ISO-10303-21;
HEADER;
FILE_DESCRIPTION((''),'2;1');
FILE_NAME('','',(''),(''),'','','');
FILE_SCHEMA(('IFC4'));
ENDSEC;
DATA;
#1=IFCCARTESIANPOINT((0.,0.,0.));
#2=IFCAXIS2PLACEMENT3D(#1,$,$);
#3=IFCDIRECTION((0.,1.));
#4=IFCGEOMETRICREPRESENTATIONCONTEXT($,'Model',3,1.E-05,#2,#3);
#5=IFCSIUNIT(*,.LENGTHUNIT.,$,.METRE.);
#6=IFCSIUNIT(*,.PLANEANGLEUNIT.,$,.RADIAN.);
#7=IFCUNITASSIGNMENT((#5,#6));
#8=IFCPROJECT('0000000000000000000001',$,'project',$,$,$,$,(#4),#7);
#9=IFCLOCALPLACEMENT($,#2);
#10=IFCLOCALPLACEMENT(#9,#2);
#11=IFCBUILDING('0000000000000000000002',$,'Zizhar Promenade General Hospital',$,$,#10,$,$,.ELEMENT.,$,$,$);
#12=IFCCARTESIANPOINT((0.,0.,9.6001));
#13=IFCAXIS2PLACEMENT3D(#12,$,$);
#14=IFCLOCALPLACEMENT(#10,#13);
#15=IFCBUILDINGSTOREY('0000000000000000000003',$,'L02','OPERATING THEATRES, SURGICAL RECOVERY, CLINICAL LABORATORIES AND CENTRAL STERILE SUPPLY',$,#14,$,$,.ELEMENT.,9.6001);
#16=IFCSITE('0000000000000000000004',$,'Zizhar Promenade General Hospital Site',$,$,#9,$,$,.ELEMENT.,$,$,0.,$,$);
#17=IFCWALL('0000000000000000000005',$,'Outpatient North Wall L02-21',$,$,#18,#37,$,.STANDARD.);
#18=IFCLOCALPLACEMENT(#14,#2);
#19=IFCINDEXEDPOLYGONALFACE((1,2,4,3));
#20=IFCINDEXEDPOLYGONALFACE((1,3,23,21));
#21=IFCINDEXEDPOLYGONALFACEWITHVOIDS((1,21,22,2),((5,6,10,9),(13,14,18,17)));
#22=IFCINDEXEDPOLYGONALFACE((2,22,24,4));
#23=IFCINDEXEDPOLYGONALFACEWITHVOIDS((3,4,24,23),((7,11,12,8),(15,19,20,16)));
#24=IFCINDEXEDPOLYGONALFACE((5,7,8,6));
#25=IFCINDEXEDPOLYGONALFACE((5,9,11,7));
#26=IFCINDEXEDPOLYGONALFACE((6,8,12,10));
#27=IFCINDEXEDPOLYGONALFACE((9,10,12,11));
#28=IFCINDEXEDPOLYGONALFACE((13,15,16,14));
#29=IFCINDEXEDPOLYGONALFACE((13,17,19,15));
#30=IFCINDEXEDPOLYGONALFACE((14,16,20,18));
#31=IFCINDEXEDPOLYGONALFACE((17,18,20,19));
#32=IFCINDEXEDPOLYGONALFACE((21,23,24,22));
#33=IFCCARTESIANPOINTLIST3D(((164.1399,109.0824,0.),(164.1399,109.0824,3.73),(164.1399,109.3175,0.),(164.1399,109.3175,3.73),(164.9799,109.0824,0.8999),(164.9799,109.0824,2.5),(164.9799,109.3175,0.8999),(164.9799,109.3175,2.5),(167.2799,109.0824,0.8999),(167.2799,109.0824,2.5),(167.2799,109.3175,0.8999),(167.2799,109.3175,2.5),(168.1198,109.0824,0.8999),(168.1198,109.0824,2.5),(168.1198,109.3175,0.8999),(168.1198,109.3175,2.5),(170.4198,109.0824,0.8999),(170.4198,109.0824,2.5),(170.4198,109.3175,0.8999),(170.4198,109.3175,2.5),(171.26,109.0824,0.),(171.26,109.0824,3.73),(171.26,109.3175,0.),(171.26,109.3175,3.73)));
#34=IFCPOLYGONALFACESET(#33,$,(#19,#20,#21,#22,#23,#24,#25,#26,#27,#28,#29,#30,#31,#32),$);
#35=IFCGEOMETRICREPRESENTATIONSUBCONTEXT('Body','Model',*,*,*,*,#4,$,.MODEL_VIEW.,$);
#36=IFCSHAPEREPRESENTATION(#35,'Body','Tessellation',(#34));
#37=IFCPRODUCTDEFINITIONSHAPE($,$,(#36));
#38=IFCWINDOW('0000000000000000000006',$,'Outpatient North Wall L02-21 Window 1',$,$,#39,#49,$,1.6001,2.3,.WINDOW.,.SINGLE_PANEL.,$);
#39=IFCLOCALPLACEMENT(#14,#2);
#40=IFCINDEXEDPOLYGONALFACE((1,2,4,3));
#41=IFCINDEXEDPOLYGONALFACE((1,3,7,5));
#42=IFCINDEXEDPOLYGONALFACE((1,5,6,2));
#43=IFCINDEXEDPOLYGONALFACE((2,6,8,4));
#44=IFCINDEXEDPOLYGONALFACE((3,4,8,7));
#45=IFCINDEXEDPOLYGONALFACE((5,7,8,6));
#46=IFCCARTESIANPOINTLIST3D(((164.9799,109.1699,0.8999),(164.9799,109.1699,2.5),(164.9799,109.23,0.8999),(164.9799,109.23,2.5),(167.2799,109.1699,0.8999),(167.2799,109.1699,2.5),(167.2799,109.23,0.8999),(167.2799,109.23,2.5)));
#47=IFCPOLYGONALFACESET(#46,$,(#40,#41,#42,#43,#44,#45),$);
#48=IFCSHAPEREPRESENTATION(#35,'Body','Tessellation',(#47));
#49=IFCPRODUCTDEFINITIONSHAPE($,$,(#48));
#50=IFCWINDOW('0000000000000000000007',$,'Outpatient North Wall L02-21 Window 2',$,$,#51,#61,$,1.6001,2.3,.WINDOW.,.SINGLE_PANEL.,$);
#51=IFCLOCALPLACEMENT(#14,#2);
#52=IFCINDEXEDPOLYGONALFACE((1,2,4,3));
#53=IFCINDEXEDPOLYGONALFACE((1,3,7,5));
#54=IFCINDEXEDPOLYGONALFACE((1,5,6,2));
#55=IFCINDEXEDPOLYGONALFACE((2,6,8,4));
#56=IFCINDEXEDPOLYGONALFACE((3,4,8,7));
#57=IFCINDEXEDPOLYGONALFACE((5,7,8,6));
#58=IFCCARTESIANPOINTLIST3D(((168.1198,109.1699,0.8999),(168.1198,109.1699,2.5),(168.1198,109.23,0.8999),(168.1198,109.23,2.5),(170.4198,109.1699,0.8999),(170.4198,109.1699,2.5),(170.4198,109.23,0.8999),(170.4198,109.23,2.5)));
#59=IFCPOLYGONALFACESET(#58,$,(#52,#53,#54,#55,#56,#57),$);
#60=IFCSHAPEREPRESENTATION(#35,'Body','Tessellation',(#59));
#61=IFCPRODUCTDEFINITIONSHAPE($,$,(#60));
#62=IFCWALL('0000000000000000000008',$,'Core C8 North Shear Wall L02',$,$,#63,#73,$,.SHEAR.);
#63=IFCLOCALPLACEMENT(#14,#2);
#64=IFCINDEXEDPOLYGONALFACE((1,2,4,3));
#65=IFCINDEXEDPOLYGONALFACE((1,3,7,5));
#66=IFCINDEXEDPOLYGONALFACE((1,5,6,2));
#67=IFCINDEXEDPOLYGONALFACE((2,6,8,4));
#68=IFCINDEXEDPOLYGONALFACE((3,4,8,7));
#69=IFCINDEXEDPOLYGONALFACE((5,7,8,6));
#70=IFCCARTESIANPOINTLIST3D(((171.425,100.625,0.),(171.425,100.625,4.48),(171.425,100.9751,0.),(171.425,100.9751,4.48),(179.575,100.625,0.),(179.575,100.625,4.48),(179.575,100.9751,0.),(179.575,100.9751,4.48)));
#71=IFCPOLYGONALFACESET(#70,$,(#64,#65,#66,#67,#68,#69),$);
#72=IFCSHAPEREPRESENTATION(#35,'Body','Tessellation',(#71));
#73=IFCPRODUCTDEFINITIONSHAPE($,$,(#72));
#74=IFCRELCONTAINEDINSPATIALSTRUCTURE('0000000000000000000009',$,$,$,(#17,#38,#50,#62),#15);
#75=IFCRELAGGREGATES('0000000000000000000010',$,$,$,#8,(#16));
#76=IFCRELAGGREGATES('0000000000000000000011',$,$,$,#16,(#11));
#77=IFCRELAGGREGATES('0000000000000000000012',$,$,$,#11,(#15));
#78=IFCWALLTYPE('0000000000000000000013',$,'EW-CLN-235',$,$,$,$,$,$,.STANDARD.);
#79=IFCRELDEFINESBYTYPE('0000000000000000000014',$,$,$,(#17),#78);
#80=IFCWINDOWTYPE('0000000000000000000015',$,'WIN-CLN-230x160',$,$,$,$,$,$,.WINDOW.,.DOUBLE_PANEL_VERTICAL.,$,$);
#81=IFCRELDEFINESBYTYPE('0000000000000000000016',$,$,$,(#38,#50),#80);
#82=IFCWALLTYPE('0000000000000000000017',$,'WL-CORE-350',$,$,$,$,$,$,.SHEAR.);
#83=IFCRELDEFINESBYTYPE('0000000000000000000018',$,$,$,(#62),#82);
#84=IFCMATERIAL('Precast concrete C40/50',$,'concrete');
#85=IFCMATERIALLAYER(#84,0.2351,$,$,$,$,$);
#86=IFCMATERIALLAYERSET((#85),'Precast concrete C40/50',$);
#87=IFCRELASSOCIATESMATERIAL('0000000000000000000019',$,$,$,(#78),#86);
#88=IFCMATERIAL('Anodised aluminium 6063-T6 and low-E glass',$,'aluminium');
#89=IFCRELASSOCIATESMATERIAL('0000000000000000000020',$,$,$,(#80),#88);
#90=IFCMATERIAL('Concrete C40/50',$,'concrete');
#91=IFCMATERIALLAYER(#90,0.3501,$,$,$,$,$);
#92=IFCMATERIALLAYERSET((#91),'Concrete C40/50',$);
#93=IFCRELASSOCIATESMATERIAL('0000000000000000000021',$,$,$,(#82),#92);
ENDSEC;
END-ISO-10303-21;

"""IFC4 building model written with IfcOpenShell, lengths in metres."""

from ifc_helpers import new_model, si_unit, direction, frame, frame_2d, origin, place, context, subcontext, project, spatial, rectangle, extrude, material, layer, layer_set, type_object, element, fill, save


model = new_model("IFC4")

# Units and contexts
model_context = context("Model", 3, precision=1e-05, world=origin(), true_north=direction((0.0, 1.0)))
body_context = subcontext(model_context, "Body", "Model", "MODEL_VIEW")
ifc_project = project(units=[si_unit("LENGTHUNIT", "METRE"), si_unit("PLANEANGLEUNIT", "RADIAN")], contexts=[model_context])

# Site, building, storey
site_placement = place(None, origin())
site = spatial("IfcSite", under=ifc_project, at=site_placement, Name="Zizhar Promenade General Hospital Site", CompositionType="ELEMENT", RefElevation=0.0)
building_placement = place(site_placement, origin())
building = spatial("IfcBuilding", under=site, at=building_placement, Name="Zizhar Promenade General Hospital", CompositionType="ELEMENT")
storey_placement = place(building_placement, frame((0.0, 0.0, 9.6001)))
storey = spatial("IfcBuildingStorey", under=building, at=storey_placement, Name="L02", Description="OPERATING THEATRES, SURGICAL RECOVERY, CLINICAL LABORATORIES AND CENTRAL STERILE SUPPLY", CompositionType="ELEMENT", Elevation=9.6001)

# Wall, openings, windows
ifc_material_1 = material(Name="Precast concrete C40/50", Category="concrete")
ifc_layer_1 = layer(ifc_material_1, 0.2351)
ifc_layer_set_1 = layer_set([ifc_layer_1], Name="Precast concrete C40/50")
wall_type_1 = type_object("IfcWallType", Name="EW-CLN-235", PredefinedType="STANDARD", material=ifc_layer_set_1)
wall_1_placement = place(storey_placement, frame((164.1399, 109.2, 0.0), z_axis=(0.0, 0.0, 1.0), x_axis=(1.0, 0.0, 0.0)))
wall_1 = element("IfcWall", 1, at=wall_1_placement, inside=storey, type_object=wall_type_1, Name="Outpatient North Wall L02-21", PredefinedType="STANDARD", context=body_context, shape_type="SweptSolid", body=[
    extrude(rectangle(XDim=7.1201, YDim=0.2351, at=frame_2d((3.5601, 0.0))), origin(), (0.0, 0.0, 1.0), 3.73),
])
opening_1_placement = place(wall_1_placement, frame((0.8401, 0.0, 0.8999)))
opening_1 = element("IfcOpeningElement", 2, at=opening_1_placement, cuts=wall_1, PredefinedType="OPENING", context=body_context, shape_type="SweptSolid", body=[
    extrude(rectangle(XDim=2.3, YDim=1.6001, at=frame_2d((1.1499, 0.8))), frame((0.0, 0.1274, 0.0), z_axis=(0.0, -1.0, 0.0), x_axis=(1.0, 0.0, 0.0)), (0.0, 0.0, 1.0), 0.2551),
])
opening_2_placement = place(wall_1_placement, frame((3.98, 0.0, 0.8999)))
opening_2 = element("IfcOpeningElement", 3, at=opening_2_placement, cuts=wall_1, PredefinedType="OPENING", context=body_context, shape_type="SweptSolid", body=[
    extrude(rectangle(XDim=2.3, YDim=1.6001, at=frame_2d((1.1499, 0.8))), frame((0.0, 0.1274, 0.0), z_axis=(0.0, -1.0, 0.0), x_axis=(1.0, 0.0, 0.0)), (0.0, 0.0, 1.0), 0.2551),
])
ifc_material_2 = material(Name="Anodised aluminium 6063-T6 and low-E glass", Category="aluminium")
window_type = type_object("IfcWindowType", Name="WIN-CLN-230x160", PartitioningType="DOUBLE_PANEL_VERTICAL", PredefinedType="WINDOW", material=ifc_material_2)
window_1_placement = place(opening_1_placement, origin())
window_1 = element("IfcWindow", 4, at=window_1_placement, inside=storey, type_object=window_type, Name="Outpatient North Wall L02-21 Window 1", OverallHeight=1.6001, OverallWidth=2.3, PartitioningType="SINGLE_PANEL", PredefinedType="WINDOW", context=body_context, shape_type="SweptSolid", body=[
    extrude(rectangle(XDim=2.3, YDim=1.6001, at=frame_2d((1.1499, 0.8))), frame((0.0, 0.03, 0.0), z_axis=(0.0, -1.0, 0.0), x_axis=(1.0, 0.0, 0.0)), (0.0, 0.0, 1.0), 0.0601),
])
fill(opening_1, window_1)
window_2_placement = place(opening_2_placement, origin())
window_2 = element("IfcWindow", 5, at=window_2_placement, inside=storey, type_object=window_type, Name="Outpatient North Wall L02-21 Window 2", OverallHeight=1.6001, OverallWidth=2.3, PartitioningType="SINGLE_PANEL", PredefinedType="WINDOW", context=body_context, shape_type="SweptSolid", body=[
    extrude(rectangle(XDim=2.3, YDim=1.6001, at=frame_2d((1.1499, 0.8))), frame((0.0, 0.03, 0.0), z_axis=(0.0, -1.0, 0.0), x_axis=(1.0, 0.0, 0.0)), (0.0, 0.0, 1.0), 0.0601),
])
fill(opening_2, window_2)

# Wall
ifc_material_3 = material(Name="Concrete C40/50", Category="concrete")
ifc_layer_2 = layer(ifc_material_3, 0.3501)
ifc_layer_set_2 = layer_set([ifc_layer_2], Name="Concrete C40/50")
wall_type_2 = type_object("IfcWallType", Name="WL-CORE-350", PredefinedType="SHEAR", material=ifc_layer_set_2)
wall_2_placement = place(storey_placement, frame((171.425, 100.8, 0.0), z_axis=(0.0, 0.0, 1.0), x_axis=(1.0, 0.0, 0.0)))
element("IfcWall", 6, at=wall_2_placement, inside=storey, type_object=wall_type_2, Name="Core C8 North Shear Wall L02", PredefinedType="SHEAR", context=body_context, shape_type="SweptSolid", body=[
    extrude(rectangle(XDim=8.1499, YDim=0.3501, at=frame_2d((4.075, 0.0))), origin(), (0.0, 0.0, 1.0), 4.48),
])

save(model, "model.ifc")
